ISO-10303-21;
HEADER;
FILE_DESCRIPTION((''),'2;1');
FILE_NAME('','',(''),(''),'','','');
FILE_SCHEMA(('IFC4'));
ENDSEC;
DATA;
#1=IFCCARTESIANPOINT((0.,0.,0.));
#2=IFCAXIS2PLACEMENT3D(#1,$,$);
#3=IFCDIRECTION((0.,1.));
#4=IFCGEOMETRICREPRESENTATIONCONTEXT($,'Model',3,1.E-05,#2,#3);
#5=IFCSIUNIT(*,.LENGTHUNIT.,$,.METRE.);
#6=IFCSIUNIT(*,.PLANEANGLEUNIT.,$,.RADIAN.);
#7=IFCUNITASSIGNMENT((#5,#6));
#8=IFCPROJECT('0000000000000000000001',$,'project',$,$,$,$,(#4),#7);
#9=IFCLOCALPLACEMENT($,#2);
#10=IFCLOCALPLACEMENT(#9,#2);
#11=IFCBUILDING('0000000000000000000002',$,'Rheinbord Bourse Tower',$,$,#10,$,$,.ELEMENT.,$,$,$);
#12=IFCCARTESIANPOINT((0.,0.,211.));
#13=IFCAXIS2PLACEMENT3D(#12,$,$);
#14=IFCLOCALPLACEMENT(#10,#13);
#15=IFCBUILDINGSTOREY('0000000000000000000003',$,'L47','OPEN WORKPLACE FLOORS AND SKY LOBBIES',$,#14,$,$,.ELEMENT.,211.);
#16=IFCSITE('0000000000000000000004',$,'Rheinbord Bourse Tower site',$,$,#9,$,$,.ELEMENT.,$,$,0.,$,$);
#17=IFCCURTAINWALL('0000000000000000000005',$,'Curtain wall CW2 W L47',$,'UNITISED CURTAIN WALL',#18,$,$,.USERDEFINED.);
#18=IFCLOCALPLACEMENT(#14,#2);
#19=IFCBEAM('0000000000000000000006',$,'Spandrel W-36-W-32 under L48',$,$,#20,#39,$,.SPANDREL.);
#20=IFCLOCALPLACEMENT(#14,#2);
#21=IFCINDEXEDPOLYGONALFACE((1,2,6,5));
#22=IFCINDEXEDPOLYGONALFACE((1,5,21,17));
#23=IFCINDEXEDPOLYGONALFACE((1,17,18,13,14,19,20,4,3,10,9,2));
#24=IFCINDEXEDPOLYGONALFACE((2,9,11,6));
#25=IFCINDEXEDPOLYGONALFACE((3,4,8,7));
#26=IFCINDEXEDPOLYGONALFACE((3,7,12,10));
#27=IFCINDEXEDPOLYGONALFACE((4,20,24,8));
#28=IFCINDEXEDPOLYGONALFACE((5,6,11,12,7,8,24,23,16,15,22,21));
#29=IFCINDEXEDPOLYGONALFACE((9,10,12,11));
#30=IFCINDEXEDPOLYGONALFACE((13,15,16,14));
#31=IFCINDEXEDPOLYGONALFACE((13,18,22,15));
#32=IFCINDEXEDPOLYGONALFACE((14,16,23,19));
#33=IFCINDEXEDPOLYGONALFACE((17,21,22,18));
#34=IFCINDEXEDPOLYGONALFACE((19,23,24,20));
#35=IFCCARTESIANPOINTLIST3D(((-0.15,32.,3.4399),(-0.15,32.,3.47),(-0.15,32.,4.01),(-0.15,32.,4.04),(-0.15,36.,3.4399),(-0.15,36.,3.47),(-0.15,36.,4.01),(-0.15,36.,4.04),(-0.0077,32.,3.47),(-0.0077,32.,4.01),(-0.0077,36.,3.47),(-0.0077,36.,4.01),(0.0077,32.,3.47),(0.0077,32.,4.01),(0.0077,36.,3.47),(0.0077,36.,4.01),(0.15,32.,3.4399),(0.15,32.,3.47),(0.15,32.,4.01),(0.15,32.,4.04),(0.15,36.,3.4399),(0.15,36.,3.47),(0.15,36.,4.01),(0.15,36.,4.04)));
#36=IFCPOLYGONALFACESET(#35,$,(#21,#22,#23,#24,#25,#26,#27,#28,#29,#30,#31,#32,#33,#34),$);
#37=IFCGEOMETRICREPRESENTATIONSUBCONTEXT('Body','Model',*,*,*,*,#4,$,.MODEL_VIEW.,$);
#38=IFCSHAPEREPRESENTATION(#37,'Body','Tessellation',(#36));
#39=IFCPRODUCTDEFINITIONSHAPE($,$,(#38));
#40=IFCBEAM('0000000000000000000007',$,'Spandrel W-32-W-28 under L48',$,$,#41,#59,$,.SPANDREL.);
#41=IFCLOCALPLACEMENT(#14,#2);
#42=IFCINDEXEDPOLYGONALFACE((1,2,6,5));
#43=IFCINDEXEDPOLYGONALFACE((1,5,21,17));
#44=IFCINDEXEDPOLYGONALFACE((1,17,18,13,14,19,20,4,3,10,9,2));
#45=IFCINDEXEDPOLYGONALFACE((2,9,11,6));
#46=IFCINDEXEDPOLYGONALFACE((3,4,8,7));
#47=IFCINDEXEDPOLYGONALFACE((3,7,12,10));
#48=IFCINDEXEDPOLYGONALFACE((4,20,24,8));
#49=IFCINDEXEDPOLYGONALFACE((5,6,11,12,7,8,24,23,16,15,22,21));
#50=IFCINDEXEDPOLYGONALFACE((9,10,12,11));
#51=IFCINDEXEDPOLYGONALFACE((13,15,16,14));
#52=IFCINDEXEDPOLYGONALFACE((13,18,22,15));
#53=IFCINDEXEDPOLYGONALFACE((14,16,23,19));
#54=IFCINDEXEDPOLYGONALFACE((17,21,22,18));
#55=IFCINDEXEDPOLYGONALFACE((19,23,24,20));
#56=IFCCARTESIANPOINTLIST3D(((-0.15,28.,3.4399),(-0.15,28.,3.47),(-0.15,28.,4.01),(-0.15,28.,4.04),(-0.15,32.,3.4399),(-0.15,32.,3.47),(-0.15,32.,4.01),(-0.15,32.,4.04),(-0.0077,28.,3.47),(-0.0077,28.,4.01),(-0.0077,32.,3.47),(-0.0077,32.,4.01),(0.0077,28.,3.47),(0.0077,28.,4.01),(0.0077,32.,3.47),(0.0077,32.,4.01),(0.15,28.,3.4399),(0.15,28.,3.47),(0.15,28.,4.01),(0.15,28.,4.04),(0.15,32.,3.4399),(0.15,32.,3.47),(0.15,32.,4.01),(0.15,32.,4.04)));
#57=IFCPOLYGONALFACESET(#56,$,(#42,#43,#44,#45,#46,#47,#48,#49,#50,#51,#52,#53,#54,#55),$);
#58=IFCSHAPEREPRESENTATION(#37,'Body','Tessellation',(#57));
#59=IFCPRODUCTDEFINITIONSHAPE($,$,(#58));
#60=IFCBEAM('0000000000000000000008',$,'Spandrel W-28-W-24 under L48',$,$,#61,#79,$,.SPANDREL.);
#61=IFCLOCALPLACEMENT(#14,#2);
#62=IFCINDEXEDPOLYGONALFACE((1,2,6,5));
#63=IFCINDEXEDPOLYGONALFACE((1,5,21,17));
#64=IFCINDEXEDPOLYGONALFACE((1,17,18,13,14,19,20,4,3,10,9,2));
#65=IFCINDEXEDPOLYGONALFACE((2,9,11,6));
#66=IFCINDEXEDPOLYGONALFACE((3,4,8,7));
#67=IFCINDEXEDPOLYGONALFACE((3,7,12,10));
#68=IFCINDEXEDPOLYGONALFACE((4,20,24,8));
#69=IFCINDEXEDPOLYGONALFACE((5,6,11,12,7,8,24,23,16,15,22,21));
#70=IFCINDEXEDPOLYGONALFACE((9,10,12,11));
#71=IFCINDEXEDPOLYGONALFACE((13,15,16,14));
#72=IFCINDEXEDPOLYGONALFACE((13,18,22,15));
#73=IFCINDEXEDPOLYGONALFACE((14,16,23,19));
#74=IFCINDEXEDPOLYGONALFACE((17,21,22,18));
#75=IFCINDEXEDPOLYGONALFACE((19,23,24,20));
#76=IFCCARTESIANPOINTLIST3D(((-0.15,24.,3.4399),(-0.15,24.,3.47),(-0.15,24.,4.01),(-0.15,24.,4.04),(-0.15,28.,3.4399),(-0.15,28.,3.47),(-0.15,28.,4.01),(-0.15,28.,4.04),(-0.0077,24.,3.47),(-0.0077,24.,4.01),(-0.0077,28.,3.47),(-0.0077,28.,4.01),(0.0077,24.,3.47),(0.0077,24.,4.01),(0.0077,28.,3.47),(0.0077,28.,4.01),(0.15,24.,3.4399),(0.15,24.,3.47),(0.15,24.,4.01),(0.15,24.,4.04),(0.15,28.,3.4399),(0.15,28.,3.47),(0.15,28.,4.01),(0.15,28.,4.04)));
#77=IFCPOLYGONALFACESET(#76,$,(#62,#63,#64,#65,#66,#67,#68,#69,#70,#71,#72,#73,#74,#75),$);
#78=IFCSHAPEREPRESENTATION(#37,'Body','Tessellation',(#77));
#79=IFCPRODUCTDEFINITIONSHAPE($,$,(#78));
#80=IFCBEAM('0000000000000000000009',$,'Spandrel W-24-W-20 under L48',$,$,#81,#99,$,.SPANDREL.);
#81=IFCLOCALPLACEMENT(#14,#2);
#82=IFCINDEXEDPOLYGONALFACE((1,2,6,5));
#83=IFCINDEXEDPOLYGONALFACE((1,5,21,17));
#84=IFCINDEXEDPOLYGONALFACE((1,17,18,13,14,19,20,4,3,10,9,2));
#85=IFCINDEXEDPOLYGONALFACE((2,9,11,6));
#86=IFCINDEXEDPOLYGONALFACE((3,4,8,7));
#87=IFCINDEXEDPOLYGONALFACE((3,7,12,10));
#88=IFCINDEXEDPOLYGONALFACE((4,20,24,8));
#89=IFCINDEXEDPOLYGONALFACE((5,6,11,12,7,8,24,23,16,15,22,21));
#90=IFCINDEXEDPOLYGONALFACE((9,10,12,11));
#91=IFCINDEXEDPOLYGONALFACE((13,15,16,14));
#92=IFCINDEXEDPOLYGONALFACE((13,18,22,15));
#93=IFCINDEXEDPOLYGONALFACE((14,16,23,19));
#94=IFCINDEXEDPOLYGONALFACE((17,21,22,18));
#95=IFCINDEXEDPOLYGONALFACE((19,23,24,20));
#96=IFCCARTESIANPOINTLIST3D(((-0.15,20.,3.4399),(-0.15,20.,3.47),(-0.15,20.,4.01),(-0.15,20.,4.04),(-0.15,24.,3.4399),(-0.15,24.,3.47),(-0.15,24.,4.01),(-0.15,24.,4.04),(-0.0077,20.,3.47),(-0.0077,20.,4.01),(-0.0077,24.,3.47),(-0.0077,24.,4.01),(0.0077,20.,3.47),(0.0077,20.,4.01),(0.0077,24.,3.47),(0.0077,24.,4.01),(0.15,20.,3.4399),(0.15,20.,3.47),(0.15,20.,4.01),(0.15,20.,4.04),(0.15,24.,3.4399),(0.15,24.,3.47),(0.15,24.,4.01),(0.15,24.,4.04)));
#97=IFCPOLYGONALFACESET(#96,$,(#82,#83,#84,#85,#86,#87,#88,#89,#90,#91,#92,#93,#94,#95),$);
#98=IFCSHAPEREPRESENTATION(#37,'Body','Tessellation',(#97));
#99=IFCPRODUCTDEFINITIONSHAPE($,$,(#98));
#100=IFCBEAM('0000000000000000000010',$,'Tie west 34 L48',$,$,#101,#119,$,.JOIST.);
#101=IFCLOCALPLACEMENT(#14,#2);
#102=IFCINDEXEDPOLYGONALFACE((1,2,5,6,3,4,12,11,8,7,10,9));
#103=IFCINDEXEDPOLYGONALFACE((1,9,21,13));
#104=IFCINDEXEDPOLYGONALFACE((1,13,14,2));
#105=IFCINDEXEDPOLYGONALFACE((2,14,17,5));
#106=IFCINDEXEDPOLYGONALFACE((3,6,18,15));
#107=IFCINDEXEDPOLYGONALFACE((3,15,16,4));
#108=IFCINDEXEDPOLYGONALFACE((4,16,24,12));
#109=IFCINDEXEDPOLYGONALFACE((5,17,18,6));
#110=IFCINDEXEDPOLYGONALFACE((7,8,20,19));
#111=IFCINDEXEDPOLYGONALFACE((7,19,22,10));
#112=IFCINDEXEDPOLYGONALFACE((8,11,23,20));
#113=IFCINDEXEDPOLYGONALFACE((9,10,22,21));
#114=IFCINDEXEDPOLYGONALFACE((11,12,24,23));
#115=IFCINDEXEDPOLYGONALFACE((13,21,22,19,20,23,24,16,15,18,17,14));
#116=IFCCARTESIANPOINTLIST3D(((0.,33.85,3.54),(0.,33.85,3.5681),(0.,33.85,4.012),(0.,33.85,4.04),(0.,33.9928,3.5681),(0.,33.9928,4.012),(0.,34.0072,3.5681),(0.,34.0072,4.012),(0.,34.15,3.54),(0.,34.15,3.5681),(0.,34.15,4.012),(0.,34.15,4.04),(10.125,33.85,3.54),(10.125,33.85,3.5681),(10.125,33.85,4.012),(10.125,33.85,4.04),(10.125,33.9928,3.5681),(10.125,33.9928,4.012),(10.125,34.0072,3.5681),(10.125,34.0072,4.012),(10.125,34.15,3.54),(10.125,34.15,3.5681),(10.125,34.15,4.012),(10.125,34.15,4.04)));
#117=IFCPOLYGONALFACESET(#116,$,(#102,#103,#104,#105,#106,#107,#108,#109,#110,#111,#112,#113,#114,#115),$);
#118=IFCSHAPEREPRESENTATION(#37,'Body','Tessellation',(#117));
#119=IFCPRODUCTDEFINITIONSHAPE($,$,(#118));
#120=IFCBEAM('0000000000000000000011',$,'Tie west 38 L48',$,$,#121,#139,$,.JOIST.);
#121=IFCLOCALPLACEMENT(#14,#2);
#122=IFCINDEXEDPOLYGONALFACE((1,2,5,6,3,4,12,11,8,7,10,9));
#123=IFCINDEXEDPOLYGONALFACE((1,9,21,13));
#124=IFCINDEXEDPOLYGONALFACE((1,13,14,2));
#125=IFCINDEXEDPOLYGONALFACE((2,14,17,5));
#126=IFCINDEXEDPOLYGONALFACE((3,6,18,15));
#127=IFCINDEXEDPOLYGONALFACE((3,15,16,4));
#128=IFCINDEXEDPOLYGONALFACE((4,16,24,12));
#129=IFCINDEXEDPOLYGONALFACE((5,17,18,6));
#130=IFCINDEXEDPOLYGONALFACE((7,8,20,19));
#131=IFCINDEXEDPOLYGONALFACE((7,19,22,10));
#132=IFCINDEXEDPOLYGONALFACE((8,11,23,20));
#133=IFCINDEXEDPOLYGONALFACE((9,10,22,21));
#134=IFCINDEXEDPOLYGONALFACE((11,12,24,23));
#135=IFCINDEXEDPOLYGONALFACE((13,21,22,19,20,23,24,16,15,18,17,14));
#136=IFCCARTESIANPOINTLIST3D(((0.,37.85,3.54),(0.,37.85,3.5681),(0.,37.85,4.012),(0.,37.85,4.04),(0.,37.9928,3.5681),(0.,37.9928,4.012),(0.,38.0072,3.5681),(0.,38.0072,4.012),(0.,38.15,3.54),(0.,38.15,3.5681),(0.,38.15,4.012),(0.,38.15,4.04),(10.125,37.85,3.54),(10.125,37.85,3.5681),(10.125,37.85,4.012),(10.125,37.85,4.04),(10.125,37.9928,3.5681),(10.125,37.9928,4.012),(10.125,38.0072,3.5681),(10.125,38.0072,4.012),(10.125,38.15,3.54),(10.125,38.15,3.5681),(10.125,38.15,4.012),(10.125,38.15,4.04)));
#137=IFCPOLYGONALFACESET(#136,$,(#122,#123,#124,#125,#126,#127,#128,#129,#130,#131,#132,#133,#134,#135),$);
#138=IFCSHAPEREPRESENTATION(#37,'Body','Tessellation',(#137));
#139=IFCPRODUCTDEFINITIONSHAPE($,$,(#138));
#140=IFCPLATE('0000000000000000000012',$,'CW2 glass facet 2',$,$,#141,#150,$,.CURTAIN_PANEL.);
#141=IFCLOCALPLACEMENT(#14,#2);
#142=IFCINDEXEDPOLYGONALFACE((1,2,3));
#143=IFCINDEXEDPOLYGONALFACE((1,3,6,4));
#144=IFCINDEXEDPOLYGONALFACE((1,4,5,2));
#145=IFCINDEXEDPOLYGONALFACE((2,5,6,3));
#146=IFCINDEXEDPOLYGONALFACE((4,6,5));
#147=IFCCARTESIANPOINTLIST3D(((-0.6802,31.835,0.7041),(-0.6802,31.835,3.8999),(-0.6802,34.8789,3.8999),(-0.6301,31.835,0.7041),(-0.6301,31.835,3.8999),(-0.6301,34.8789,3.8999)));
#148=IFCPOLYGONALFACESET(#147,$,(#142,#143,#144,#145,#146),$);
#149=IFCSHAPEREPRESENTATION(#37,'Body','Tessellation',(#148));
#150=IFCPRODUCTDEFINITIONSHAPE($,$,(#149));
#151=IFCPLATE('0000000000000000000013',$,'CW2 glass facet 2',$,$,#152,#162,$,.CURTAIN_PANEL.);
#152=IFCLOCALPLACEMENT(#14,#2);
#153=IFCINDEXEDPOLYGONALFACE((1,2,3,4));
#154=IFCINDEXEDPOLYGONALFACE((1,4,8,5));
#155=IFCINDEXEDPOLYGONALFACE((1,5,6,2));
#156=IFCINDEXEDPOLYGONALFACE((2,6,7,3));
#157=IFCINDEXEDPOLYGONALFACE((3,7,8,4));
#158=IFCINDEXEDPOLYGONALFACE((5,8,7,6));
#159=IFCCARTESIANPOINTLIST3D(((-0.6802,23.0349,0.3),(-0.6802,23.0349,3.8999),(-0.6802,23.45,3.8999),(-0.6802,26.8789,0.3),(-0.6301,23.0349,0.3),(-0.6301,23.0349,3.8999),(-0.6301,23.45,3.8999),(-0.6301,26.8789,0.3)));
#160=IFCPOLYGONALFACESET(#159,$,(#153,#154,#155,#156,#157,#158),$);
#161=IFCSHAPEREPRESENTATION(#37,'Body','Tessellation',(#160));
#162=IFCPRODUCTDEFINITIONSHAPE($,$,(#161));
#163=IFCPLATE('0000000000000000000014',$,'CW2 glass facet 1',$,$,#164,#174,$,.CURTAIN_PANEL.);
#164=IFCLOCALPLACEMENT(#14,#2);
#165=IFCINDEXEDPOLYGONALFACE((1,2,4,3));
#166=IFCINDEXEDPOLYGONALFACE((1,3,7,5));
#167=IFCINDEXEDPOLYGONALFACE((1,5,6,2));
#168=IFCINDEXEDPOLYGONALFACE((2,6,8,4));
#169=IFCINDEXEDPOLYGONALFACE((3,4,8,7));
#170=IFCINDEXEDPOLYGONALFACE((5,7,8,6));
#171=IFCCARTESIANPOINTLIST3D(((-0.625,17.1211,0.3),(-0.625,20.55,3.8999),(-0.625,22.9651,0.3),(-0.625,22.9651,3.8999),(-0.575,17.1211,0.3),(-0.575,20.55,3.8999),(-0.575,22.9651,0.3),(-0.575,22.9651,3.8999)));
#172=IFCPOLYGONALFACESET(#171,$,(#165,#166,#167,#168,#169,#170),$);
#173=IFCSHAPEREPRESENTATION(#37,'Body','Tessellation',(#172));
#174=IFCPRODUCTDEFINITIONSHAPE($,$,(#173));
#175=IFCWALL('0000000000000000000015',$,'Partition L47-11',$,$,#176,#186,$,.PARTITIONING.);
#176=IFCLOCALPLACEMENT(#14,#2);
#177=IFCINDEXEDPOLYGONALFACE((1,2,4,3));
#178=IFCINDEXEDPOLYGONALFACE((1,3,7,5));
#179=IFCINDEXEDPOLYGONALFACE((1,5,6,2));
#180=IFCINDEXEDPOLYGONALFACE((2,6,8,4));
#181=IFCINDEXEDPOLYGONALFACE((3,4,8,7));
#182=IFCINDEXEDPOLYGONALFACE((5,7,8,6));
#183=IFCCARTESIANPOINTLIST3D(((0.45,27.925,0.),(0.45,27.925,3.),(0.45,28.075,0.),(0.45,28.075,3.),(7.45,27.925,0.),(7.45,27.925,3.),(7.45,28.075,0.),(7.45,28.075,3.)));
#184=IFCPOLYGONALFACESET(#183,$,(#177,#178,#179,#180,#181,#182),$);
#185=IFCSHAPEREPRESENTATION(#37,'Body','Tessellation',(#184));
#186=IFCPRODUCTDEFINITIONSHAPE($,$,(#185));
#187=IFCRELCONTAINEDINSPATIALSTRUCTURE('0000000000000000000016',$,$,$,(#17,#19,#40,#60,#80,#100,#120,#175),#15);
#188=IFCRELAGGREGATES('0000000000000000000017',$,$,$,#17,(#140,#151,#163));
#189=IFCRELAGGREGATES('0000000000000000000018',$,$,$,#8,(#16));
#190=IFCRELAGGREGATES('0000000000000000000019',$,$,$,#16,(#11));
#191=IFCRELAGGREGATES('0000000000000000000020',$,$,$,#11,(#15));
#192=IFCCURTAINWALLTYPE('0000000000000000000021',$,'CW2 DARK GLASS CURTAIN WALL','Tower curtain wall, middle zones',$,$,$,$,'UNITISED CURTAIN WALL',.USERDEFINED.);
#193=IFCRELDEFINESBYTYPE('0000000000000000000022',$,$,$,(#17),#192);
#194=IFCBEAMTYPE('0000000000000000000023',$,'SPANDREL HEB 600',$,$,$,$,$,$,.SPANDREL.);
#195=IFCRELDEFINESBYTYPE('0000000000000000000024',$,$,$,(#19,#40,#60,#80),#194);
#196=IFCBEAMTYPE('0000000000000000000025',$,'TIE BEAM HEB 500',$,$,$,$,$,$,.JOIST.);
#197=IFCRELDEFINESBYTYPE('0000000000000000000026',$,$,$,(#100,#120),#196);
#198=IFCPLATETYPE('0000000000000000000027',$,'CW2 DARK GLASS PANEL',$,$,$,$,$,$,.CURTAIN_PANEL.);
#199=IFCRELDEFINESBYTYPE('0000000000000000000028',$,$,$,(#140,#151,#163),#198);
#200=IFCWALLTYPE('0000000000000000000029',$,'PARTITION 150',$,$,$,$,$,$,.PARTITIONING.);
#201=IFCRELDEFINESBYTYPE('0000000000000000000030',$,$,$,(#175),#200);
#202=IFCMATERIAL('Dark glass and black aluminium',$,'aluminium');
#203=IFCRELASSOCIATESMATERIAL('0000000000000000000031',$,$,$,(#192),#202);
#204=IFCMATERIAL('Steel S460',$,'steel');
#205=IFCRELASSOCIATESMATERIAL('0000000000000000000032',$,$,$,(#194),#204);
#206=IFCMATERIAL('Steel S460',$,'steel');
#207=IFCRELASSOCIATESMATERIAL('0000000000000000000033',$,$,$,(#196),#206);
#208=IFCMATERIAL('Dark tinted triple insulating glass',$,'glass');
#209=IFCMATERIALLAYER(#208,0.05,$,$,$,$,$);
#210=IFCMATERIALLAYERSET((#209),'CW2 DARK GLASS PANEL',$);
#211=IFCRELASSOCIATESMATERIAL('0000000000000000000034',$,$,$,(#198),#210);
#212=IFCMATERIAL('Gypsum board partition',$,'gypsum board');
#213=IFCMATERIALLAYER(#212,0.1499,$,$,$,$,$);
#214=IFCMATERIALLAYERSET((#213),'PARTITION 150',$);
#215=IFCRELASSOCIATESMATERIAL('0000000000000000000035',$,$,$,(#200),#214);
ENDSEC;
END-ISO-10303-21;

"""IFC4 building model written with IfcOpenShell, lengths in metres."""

from ifc_helpers import new_model, si_unit, direction, frame, frame_2d, origin, origin_2d, place, context, subcontext, project, spatial, polyline, rectangle, i_section, outline, extrude, material, layer, layer_set, material_profile, profile_set, type_object, element, aggregate, save


model = new_model("IFC4")

# Units and contexts
model_context = context("Model", 3, precision=1e-05, world=origin(), true_north=direction((0.0, 1.0)))
body_context = subcontext(model_context, "Body", "Model", "MODEL_VIEW")
ifc_project = project(units=[si_unit("LENGTHUNIT", "METRE"), si_unit("PLANEANGLEUNIT", "RADIAN")], contexts=[model_context])

# Site, building, storey
site_placement = place(None, origin())
site = spatial("IfcSite", under=ifc_project, at=site_placement, Name="Rheinbord Bourse Tower site", CompositionType="ELEMENT", RefElevation=0.0)
building_placement = place(site_placement, origin())
building = spatial("IfcBuilding", under=site, at=building_placement, Name="Rheinbord Bourse Tower", CompositionType="ELEMENT")
storey_placement = place(building_placement, frame((0.0, 0.0, 211.0)))
storey = spatial("IfcBuildingStorey", under=building, at=storey_placement, Name="L47", Description="OPEN WORKPLACE FLOORS AND SKY LOBBIES", CompositionType="ELEMENT", Elevation=211.0)

# Curtain wall
ifc_material_1 = material(Name="Dark glass and black aluminium", Category="aluminium")
curtain_wall_type = type_object("IfcCurtainWallType", Name="CW2 DARK GLASS CURTAIN WALL", Description="Tower curtain wall, middle zones", ElementType="UNITISED CURTAIN WALL", PredefinedType="USERDEFINED", material=ifc_material_1)
curtain_wall_placement = place(storey_placement, origin())
curtain_wall = element("IfcCurtainWall", 1, at=curtain_wall_placement, inside=storey, type_object=curtain_wall_type, Name="Curtain wall CW2 W L47", ObjectType="UNITISED CURTAIN WALL", PredefinedType="USERDEFINED")

# Beams
ifc_material_2 = material(Name="Steel S460", Category="steel")
ifc_material_profile_1 = material_profile(ifc_material_2, i_section(OverallWidth=0.3, OverallDepth=0.6001, WebThickness=0.0154, FlangeThickness=0.03, at=origin_2d()), Name="HEB 600")
ifc_profile_set_1 = profile_set([ifc_material_profile_1], Name="Steel S460")
beam_type_1 = type_object("IfcBeamType", Name="SPANDREL HEB 600", PredefinedType="SPANDREL", material=ifc_profile_set_1)
for number, where, z_axis, x_axis, name in (
    (2, (0.0, 36.0, 3.74), (0.0, -1.0, 0.0), (1.0, 0.0, 0.0), "Spandrel W-36-W-32 under L48"),
    (3, (0.0, 32.0, 3.74), (0.0, -1.0, 0.0), (1.0, 0.0, 0.0), "Spandrel W-32-W-28 under L48"),
    (4, (0.0, 28.0, 3.74), (0.0, -1.0, 0.0), (1.0, 0.0, 0.0), "Spandrel W-28-W-24 under L48"),
    (5, (0.0, 24.0, 3.74), (0.0, -1.0, 0.0), (1.0, 0.0, 0.0), "Spandrel W-24-W-20 under L48"),
):
    element("IfcBeam", number, at=place(storey_placement, frame(where, z_axis=z_axis, x_axis=x_axis)), inside=storey, type_object=beam_type_1, Name=name, PredefinedType="SPANDREL", context=body_context, shape_type="SweptSolid", body=[
        extrude(i_section(OverallWidth=0.3, OverallDepth=0.6001, WebThickness=0.0154, FlangeThickness=0.03, at=origin_2d()), origin(), (0.0, 0.0, 1.0), 4.0),
    ])
ifc_material_3 = material(Name="Steel S460", Category="steel")
ifc_material_profile_2 = material_profile(ifc_material_3, i_section(OverallWidth=0.3, OverallDepth=0.5, WebThickness=0.0144, FlangeThickness=0.0281, at=origin_2d()), Name="HEB 500")
ifc_profile_set_2 = profile_set([ifc_material_profile_2], Name="Steel S460")
beam_type_2 = type_object("IfcBeamType", Name="TIE BEAM HEB 500", PredefinedType="JOIST", material=ifc_profile_set_2)
for number, where, z_axis, x_axis, name in (
    (6, (0.0, 34.0, 3.79), (1.0, 0.0, 0.0), (0.0, 1.0, 0.0), "Tie west 34 L48"),
    (7, (0.0, 38.0, 3.79), (1.0, 0.0, 0.0), (0.0, 1.0, 0.0), "Tie west 38 L48"),
):
    element("IfcBeam", number, at=place(storey_placement, frame(where, z_axis=z_axis, x_axis=x_axis)), inside=storey, type_object=beam_type_2, Name=name, PredefinedType="JOIST", context=body_context, shape_type="SweptSolid", body=[
        extrude(i_section(OverallWidth=0.3, OverallDepth=0.5, WebThickness=0.0144, FlangeThickness=0.0281, at=origin_2d()), origin(), (0.0, 0.0, 1.0), 10.125),
    ])

# Plates
ifc_material_4 = material(Name="Dark tinted triple insulating glass", Category="glass")
ifc_layer_1 = layer(ifc_material_4, 0.05)
ifc_layer_set_1 = layer_set([ifc_layer_1], Name="CW2 DARK GLASS PANEL")
plate_type = type_object("IfcPlateType", Name="CW2 DARK GLASS PANEL", PredefinedType="CURTAIN_PANEL", material=ifc_layer_set_1)
plate_1_placement = place(storey_placement, frame((-0.6802, 31.835, 3.8999), z_axis=(1.0, 0.0, 0.0), x_axis=(0.0, 0.0, -1.0)))
plate_1 = element("IfcPlate", 8, at=plate_1_placement, type_object=plate_type, Name="CW2 glass facet 2", PredefinedType="CURTAIN_PANEL", context=body_context, shape_type="SweptSolid", body=[
    extrude(outline(polyline([(0.0, 0.0), (3.1958, 0.0), (0.0, 3.0439), (0.0, 0.0)])), origin(), (0.0, 0.0, 1.0), 0.05),
])
plate_2_placement = place(storey_placement, frame((-0.6802, 23.0349, 3.8999), z_axis=(1.0, 0.0, 0.0), x_axis=(0.0, 0.0, -1.0)))
plate_2 = element("IfcPlate", 9, at=plate_2_placement, type_object=plate_type, Name="CW2 glass facet 2", PredefinedType="CURTAIN_PANEL", context=body_context, shape_type="SweptSolid", body=[
    extrude(outline(polyline([(0.0, 0.0), (3.5999, 0.0), (3.5999, 3.844), (0.0, 0.415), (0.0, 0.0)])), origin(), (0.0, 0.0, 1.0), 0.05),
])
plate_3_placement = place(storey_placement, frame((-0.625, 22.9651, 0.3), z_axis=(1.0, 0.0, 0.0), x_axis=(0.0, 0.0, 1.0)))
plate_3 = element("IfcPlate", 10, at=plate_3_placement, type_object=plate_type, Name="CW2 glass facet 1", PredefinedType="CURTAIN_PANEL", context=body_context, shape_type="SweptSolid", body=[
    extrude(outline(polyline([(0.0, 0.0), (3.5999, 0.0), (3.5999, 2.415), (0.0, 5.844), (0.0, 0.0)])), origin(), (0.0, 0.0, 1.0), 0.05),
])
aggregate(curtain_wall, [plate_1, plate_2, plate_3])

# Wall
ifc_material_5 = material(Name="Gypsum board partition", Category="gypsum board")
ifc_layer_2 = layer(ifc_material_5, 0.1499)
ifc_layer_set_2 = layer_set([ifc_layer_2], Name="PARTITION 150")
wall_type = type_object("IfcWallType", Name="PARTITION 150", PredefinedType="PARTITIONING", material=ifc_layer_set_2)
wall_1_placement = place(storey_placement, frame((0.45, 28.0, 0.0), z_axis=(0.0, 0.0, 1.0), x_axis=(1.0, 0.0, 0.0)))
element("IfcWall", 11, at=wall_1_placement, inside=storey, type_object=wall_type, Name="Partition L47-11", PredefinedType="PARTITIONING", context=body_context, shape_type="SweptSolid", body=[
    extrude(rectangle(XDim=7.0, YDim=0.1499, at=frame_2d((3.5, 0.0))), origin(), (0.0, 0.0, 1.0), 3.0),
])

save(model, "model.ifc")
